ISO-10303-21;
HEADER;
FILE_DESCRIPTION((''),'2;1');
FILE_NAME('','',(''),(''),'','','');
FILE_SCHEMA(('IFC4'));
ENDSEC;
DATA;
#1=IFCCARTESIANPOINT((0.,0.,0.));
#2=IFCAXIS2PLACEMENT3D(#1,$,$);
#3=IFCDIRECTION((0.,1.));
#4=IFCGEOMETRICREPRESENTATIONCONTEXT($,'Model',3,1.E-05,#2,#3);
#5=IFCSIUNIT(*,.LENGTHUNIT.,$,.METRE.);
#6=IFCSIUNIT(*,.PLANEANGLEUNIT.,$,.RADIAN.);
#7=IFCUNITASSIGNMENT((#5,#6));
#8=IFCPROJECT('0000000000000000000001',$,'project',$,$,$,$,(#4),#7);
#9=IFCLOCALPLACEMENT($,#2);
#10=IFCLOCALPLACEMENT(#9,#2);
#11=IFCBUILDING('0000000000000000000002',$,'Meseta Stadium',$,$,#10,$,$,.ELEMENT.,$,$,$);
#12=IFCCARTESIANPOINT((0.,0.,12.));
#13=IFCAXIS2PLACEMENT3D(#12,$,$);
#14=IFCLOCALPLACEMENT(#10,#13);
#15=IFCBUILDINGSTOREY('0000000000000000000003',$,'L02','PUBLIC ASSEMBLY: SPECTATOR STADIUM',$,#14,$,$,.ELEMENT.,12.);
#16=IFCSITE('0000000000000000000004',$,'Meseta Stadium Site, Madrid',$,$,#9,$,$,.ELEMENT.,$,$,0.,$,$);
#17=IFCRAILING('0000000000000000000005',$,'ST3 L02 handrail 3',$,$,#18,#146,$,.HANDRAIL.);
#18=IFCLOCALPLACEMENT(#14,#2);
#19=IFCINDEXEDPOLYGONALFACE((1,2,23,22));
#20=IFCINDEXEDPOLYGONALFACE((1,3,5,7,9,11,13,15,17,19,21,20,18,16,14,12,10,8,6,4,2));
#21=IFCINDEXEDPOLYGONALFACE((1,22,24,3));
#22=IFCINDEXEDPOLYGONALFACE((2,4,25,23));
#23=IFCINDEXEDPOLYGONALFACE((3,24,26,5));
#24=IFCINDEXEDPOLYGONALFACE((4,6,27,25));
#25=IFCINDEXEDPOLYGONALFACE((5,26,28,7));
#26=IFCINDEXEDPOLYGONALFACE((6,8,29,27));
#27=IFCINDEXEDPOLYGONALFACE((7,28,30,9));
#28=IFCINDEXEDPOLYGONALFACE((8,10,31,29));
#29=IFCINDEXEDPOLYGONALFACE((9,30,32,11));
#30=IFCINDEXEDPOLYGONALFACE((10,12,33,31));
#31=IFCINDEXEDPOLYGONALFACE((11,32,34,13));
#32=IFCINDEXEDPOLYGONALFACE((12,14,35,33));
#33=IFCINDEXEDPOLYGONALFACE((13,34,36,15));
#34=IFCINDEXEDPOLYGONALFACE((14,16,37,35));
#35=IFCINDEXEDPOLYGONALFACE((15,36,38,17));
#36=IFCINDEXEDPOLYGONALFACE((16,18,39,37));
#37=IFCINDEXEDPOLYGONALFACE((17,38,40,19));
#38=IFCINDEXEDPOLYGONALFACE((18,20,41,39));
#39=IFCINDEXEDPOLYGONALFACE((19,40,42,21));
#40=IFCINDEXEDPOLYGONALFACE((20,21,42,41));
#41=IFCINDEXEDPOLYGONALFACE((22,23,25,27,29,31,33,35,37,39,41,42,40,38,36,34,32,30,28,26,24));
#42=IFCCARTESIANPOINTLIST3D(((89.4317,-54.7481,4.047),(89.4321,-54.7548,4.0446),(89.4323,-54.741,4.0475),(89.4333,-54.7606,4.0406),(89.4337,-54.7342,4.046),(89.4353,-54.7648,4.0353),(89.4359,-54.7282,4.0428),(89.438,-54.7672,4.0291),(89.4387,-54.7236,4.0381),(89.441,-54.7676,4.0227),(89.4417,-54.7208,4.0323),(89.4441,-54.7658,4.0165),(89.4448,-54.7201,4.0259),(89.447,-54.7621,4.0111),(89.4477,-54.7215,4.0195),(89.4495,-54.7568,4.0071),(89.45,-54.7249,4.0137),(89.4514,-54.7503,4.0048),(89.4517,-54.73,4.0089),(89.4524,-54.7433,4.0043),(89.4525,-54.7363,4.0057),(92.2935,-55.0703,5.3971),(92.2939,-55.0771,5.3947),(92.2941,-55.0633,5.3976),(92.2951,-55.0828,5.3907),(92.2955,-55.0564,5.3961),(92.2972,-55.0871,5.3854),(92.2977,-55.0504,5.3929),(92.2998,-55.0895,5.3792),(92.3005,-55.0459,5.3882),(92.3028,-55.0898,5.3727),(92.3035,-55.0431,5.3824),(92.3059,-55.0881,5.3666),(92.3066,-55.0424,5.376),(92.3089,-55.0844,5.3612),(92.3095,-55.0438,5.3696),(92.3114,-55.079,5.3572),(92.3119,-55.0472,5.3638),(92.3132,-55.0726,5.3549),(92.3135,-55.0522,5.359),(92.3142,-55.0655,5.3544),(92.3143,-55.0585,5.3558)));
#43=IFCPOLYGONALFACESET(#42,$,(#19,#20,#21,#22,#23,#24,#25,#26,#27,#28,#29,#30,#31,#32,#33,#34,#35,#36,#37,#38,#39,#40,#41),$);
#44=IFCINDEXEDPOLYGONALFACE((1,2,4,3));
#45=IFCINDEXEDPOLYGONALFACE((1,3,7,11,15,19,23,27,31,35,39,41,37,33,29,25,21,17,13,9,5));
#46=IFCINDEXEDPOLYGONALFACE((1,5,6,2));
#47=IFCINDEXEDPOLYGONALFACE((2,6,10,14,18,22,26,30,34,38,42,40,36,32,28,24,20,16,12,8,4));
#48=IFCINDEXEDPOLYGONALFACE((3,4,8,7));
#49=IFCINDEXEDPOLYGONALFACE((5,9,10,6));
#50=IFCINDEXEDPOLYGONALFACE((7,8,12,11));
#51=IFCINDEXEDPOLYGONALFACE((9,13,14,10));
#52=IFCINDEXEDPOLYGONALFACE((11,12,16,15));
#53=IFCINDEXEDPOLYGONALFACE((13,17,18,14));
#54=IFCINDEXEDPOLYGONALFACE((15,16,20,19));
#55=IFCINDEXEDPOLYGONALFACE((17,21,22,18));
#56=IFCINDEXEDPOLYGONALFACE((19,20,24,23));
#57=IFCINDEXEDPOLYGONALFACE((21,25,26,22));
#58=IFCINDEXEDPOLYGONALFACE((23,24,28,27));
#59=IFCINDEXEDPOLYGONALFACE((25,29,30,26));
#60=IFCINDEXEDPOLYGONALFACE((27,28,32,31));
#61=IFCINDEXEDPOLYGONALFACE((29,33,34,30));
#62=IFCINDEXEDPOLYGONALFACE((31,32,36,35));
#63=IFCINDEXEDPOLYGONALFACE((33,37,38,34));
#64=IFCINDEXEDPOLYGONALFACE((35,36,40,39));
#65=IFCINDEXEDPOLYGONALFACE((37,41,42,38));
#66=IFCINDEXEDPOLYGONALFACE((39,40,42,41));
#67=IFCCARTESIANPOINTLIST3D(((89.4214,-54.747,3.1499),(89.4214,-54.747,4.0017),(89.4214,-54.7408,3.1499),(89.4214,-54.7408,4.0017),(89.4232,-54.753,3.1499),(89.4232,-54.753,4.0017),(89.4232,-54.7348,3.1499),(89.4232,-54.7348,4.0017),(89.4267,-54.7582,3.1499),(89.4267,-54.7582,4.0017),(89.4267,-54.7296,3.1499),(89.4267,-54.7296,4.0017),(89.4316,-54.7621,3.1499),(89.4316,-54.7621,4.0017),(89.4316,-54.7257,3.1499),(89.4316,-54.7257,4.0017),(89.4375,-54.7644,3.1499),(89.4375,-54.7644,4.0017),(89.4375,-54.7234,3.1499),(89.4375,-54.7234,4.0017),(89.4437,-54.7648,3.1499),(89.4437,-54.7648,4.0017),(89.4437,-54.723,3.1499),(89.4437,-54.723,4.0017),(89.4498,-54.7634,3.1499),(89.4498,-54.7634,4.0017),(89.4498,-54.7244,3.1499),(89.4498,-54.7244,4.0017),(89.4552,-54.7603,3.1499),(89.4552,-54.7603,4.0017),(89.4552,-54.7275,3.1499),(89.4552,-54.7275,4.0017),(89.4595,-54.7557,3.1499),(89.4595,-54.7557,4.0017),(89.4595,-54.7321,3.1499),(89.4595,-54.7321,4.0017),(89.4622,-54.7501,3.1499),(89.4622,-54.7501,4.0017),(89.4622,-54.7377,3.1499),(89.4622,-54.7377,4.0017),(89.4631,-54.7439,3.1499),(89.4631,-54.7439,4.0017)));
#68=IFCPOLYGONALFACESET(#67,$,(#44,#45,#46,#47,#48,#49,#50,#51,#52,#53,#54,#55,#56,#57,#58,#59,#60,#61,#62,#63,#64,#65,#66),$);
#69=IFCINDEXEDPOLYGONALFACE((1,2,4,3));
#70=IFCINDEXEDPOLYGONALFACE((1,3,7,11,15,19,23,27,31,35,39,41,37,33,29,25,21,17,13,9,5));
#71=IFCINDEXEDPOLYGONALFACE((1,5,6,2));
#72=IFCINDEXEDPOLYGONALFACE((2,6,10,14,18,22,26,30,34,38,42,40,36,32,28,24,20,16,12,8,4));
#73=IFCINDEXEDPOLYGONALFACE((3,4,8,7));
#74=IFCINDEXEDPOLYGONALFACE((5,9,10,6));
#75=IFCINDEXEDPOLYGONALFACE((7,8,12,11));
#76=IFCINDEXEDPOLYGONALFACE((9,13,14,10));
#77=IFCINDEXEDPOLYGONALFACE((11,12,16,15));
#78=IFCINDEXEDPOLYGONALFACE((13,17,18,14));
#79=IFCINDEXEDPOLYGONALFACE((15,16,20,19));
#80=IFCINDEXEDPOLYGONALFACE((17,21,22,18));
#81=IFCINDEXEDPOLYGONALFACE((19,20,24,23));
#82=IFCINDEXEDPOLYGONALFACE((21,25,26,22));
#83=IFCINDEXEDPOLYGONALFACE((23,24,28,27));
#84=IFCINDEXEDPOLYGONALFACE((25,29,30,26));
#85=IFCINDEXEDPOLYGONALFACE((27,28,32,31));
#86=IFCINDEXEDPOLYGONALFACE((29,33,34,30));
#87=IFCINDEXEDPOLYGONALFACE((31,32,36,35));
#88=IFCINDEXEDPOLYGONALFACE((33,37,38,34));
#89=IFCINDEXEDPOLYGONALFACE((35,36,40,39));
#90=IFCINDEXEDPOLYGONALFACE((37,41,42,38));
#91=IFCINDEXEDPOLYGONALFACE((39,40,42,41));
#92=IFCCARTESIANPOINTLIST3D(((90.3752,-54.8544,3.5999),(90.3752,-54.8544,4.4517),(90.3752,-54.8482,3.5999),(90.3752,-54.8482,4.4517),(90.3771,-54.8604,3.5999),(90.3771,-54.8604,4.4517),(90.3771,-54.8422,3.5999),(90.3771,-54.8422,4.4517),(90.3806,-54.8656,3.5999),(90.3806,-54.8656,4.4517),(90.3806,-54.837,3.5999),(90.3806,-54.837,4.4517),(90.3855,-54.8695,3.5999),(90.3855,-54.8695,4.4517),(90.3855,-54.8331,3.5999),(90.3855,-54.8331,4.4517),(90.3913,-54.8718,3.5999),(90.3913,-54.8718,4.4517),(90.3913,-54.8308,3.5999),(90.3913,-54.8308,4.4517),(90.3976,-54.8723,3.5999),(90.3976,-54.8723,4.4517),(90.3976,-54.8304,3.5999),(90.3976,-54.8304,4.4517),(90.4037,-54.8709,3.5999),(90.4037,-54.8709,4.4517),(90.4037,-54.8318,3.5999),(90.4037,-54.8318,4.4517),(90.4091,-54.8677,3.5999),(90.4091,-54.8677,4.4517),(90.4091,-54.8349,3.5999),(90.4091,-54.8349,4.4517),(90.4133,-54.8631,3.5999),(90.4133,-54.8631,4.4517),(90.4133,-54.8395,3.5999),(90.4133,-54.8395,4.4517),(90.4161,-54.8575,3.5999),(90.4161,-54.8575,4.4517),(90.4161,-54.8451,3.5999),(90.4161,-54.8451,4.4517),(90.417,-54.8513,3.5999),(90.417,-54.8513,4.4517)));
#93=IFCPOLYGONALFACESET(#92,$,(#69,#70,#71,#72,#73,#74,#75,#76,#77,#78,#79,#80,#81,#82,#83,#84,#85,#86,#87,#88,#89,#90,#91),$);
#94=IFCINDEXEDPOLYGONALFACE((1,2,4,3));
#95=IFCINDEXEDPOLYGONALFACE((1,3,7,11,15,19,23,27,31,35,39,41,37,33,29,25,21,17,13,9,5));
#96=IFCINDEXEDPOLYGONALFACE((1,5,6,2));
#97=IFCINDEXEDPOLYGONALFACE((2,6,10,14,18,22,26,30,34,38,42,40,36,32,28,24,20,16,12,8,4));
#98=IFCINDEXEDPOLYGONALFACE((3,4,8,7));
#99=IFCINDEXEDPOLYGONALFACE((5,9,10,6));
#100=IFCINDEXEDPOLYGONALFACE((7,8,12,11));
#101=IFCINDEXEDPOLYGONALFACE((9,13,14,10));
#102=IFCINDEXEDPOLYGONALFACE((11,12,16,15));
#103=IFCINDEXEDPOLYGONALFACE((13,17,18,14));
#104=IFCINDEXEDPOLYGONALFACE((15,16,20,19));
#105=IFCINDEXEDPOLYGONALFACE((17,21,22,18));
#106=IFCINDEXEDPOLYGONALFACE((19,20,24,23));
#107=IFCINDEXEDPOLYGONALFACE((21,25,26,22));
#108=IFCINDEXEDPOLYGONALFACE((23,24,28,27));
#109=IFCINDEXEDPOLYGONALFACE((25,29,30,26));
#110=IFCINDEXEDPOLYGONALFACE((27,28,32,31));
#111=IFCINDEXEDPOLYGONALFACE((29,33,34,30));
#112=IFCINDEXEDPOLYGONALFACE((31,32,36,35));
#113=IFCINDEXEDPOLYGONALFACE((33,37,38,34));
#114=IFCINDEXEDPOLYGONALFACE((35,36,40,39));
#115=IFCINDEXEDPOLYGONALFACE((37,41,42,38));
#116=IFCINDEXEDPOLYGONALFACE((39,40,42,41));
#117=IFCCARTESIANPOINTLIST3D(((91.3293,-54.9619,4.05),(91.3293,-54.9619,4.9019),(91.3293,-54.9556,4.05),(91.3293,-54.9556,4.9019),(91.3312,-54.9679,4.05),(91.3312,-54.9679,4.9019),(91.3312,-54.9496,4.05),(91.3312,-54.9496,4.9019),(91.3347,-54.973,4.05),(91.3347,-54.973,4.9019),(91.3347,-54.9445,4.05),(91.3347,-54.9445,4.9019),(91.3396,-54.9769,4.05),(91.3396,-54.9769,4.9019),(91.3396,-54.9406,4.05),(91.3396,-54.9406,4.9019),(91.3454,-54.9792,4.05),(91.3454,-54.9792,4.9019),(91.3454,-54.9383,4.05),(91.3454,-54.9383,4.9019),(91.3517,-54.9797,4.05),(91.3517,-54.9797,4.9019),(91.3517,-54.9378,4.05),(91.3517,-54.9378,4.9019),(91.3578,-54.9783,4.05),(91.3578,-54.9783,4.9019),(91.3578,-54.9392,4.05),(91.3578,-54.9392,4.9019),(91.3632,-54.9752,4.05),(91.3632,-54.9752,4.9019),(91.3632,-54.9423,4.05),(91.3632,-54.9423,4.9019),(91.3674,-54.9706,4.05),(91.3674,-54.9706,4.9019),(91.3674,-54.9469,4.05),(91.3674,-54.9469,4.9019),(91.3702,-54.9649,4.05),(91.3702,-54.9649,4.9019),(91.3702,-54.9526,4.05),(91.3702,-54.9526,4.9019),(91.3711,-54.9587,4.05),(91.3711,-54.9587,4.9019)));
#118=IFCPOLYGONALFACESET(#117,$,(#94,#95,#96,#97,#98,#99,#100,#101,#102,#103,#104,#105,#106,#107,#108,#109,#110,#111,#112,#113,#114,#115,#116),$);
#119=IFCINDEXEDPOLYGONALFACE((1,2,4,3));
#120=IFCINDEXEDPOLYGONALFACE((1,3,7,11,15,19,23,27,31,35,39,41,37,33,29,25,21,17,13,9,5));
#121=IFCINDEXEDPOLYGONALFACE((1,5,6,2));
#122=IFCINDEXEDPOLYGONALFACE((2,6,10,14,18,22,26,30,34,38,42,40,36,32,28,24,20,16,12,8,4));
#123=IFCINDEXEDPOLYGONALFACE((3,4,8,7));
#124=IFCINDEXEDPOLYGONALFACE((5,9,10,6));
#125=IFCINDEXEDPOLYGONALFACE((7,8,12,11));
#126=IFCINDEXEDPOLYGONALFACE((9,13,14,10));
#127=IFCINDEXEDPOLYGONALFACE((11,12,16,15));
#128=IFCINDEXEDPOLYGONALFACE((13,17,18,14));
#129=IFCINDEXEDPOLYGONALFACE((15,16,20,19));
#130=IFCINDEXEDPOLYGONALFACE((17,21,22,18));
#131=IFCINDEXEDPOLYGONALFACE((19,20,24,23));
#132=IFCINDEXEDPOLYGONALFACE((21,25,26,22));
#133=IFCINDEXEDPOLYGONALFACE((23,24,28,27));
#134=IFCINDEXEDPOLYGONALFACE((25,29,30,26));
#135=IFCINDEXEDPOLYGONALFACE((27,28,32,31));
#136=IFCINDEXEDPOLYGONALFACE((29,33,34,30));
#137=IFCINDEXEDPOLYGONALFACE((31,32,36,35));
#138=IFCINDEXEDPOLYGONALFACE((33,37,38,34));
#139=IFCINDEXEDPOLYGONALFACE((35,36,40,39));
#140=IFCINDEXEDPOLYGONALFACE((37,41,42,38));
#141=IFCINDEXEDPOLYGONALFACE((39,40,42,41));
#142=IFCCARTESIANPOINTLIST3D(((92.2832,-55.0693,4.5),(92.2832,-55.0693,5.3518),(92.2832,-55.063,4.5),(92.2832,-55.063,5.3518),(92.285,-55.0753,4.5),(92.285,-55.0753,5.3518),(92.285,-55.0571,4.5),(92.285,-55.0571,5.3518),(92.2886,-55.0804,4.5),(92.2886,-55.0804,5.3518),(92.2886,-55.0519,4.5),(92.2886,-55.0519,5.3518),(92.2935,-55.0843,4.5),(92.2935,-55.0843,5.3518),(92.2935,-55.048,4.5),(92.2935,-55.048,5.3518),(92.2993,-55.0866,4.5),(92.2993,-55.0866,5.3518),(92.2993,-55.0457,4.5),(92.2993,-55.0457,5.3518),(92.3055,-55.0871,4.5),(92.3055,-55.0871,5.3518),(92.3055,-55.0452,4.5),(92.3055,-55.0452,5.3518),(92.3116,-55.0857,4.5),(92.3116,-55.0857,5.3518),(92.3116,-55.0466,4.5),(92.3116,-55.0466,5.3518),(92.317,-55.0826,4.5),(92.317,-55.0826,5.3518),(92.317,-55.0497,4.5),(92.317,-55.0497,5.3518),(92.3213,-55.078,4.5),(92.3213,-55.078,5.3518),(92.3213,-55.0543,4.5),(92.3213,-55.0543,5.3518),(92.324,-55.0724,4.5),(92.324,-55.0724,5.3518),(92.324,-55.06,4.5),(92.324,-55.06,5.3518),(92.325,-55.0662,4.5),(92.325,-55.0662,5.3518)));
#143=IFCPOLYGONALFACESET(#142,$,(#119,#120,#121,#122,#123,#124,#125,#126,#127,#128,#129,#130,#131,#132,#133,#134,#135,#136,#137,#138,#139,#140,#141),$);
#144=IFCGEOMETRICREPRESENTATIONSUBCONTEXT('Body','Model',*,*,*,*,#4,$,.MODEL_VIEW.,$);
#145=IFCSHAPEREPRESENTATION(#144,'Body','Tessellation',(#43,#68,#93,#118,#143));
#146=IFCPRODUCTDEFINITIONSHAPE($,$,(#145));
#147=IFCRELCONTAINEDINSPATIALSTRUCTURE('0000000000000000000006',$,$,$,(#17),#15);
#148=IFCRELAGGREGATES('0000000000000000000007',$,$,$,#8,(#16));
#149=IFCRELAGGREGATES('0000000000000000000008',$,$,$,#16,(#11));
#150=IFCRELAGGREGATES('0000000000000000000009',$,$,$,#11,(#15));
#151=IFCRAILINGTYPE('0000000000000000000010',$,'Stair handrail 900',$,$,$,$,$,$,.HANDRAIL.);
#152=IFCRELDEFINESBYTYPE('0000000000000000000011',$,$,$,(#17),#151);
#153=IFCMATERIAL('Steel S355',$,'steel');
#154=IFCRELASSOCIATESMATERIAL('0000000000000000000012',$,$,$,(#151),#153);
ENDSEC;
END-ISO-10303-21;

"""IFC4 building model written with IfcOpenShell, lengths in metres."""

from ifc_helpers import new_model, si_unit, direction, frame, origin, origin_2d, place, context, subcontext, project, spatial, circle, extrude, material, type_object, element, save


model = new_model("IFC4")

# Units and contexts
model_context = context("Model", 3, precision=1e-05, world=origin(), true_north=direction((0.0, 1.0)))
body_context = subcontext(model_context, "Body", "Model", "MODEL_VIEW")
ifc_project = project(units=[si_unit("LENGTHUNIT", "METRE"), si_unit("PLANEANGLEUNIT", "RADIAN")], contexts=[model_context])

# Site, building, storey
site_placement = place(None, origin())
site = spatial("IfcSite", under=ifc_project, at=site_placement, Name="Meseta Stadium Site, Madrid", CompositionType="ELEMENT", RefElevation=0.0)
building_placement = place(site_placement, origin())
building = spatial("IfcBuilding", under=site, at=building_placement, Name="Meseta Stadium", CompositionType="ELEMENT")
storey_placement = place(building_placement, frame((0.0, 0.0, 12.0)))
storey = spatial("IfcBuildingStorey", under=building, at=storey_placement, Name="L02", Description="PUBLIC ASSEMBLY: SPECTATOR STADIUM", CompositionType="ELEMENT", Elevation=12.0)

# Railing
ifc_material_1 = material(Name="Steel S355", Category="steel")
railing_type_1 = type_object("IfcRailingType", Name="Stair handrail 900", PredefinedType="HANDRAIL", material=ifc_material_1)
for number, where, name in (
    (1, (89.4421, -54.7439, 3.1499), "ST3 L02 handrail 3"),
):
    element("IfcRailing", number, at=place(storey_placement, frame(where)), inside=storey, type_object=railing_type_1, Name=name, PredefinedType="HANDRAIL", context=body_context, shape_type="SweptSolid", body=[
        extrude(circle(Radius=0.0239, at=origin_2d()), frame((0.0, 0.0, 0.876), z_axis=(0.899755, -0.10132, 0.424471), x_axis=(0.111902, 0.993719, 0.0)), (0.0, 0.0, 1.0), 3.1807),
        extrude(circle(Radius=0.021, at=origin_2d()), origin(), (0.0, 0.0, 1.0), 0.8518),
        extrude(circle(Radius=0.021, at=origin_2d()), frame((0.9539, -0.1074, 0.45)), (0.0, 0.0, 1.0), 0.8518),
        extrude(circle(Radius=0.021, at=origin_2d()), frame((1.908, -0.2148, 0.9001)), (0.0, 0.0, 1.0), 0.8518),
        extrude(circle(Radius=0.021, at=origin_2d()), frame((2.8618, -0.3223, 1.3501)), (0.0, 0.0, 1.0), 0.8518),
    ])

save(model, "model.ifc")
